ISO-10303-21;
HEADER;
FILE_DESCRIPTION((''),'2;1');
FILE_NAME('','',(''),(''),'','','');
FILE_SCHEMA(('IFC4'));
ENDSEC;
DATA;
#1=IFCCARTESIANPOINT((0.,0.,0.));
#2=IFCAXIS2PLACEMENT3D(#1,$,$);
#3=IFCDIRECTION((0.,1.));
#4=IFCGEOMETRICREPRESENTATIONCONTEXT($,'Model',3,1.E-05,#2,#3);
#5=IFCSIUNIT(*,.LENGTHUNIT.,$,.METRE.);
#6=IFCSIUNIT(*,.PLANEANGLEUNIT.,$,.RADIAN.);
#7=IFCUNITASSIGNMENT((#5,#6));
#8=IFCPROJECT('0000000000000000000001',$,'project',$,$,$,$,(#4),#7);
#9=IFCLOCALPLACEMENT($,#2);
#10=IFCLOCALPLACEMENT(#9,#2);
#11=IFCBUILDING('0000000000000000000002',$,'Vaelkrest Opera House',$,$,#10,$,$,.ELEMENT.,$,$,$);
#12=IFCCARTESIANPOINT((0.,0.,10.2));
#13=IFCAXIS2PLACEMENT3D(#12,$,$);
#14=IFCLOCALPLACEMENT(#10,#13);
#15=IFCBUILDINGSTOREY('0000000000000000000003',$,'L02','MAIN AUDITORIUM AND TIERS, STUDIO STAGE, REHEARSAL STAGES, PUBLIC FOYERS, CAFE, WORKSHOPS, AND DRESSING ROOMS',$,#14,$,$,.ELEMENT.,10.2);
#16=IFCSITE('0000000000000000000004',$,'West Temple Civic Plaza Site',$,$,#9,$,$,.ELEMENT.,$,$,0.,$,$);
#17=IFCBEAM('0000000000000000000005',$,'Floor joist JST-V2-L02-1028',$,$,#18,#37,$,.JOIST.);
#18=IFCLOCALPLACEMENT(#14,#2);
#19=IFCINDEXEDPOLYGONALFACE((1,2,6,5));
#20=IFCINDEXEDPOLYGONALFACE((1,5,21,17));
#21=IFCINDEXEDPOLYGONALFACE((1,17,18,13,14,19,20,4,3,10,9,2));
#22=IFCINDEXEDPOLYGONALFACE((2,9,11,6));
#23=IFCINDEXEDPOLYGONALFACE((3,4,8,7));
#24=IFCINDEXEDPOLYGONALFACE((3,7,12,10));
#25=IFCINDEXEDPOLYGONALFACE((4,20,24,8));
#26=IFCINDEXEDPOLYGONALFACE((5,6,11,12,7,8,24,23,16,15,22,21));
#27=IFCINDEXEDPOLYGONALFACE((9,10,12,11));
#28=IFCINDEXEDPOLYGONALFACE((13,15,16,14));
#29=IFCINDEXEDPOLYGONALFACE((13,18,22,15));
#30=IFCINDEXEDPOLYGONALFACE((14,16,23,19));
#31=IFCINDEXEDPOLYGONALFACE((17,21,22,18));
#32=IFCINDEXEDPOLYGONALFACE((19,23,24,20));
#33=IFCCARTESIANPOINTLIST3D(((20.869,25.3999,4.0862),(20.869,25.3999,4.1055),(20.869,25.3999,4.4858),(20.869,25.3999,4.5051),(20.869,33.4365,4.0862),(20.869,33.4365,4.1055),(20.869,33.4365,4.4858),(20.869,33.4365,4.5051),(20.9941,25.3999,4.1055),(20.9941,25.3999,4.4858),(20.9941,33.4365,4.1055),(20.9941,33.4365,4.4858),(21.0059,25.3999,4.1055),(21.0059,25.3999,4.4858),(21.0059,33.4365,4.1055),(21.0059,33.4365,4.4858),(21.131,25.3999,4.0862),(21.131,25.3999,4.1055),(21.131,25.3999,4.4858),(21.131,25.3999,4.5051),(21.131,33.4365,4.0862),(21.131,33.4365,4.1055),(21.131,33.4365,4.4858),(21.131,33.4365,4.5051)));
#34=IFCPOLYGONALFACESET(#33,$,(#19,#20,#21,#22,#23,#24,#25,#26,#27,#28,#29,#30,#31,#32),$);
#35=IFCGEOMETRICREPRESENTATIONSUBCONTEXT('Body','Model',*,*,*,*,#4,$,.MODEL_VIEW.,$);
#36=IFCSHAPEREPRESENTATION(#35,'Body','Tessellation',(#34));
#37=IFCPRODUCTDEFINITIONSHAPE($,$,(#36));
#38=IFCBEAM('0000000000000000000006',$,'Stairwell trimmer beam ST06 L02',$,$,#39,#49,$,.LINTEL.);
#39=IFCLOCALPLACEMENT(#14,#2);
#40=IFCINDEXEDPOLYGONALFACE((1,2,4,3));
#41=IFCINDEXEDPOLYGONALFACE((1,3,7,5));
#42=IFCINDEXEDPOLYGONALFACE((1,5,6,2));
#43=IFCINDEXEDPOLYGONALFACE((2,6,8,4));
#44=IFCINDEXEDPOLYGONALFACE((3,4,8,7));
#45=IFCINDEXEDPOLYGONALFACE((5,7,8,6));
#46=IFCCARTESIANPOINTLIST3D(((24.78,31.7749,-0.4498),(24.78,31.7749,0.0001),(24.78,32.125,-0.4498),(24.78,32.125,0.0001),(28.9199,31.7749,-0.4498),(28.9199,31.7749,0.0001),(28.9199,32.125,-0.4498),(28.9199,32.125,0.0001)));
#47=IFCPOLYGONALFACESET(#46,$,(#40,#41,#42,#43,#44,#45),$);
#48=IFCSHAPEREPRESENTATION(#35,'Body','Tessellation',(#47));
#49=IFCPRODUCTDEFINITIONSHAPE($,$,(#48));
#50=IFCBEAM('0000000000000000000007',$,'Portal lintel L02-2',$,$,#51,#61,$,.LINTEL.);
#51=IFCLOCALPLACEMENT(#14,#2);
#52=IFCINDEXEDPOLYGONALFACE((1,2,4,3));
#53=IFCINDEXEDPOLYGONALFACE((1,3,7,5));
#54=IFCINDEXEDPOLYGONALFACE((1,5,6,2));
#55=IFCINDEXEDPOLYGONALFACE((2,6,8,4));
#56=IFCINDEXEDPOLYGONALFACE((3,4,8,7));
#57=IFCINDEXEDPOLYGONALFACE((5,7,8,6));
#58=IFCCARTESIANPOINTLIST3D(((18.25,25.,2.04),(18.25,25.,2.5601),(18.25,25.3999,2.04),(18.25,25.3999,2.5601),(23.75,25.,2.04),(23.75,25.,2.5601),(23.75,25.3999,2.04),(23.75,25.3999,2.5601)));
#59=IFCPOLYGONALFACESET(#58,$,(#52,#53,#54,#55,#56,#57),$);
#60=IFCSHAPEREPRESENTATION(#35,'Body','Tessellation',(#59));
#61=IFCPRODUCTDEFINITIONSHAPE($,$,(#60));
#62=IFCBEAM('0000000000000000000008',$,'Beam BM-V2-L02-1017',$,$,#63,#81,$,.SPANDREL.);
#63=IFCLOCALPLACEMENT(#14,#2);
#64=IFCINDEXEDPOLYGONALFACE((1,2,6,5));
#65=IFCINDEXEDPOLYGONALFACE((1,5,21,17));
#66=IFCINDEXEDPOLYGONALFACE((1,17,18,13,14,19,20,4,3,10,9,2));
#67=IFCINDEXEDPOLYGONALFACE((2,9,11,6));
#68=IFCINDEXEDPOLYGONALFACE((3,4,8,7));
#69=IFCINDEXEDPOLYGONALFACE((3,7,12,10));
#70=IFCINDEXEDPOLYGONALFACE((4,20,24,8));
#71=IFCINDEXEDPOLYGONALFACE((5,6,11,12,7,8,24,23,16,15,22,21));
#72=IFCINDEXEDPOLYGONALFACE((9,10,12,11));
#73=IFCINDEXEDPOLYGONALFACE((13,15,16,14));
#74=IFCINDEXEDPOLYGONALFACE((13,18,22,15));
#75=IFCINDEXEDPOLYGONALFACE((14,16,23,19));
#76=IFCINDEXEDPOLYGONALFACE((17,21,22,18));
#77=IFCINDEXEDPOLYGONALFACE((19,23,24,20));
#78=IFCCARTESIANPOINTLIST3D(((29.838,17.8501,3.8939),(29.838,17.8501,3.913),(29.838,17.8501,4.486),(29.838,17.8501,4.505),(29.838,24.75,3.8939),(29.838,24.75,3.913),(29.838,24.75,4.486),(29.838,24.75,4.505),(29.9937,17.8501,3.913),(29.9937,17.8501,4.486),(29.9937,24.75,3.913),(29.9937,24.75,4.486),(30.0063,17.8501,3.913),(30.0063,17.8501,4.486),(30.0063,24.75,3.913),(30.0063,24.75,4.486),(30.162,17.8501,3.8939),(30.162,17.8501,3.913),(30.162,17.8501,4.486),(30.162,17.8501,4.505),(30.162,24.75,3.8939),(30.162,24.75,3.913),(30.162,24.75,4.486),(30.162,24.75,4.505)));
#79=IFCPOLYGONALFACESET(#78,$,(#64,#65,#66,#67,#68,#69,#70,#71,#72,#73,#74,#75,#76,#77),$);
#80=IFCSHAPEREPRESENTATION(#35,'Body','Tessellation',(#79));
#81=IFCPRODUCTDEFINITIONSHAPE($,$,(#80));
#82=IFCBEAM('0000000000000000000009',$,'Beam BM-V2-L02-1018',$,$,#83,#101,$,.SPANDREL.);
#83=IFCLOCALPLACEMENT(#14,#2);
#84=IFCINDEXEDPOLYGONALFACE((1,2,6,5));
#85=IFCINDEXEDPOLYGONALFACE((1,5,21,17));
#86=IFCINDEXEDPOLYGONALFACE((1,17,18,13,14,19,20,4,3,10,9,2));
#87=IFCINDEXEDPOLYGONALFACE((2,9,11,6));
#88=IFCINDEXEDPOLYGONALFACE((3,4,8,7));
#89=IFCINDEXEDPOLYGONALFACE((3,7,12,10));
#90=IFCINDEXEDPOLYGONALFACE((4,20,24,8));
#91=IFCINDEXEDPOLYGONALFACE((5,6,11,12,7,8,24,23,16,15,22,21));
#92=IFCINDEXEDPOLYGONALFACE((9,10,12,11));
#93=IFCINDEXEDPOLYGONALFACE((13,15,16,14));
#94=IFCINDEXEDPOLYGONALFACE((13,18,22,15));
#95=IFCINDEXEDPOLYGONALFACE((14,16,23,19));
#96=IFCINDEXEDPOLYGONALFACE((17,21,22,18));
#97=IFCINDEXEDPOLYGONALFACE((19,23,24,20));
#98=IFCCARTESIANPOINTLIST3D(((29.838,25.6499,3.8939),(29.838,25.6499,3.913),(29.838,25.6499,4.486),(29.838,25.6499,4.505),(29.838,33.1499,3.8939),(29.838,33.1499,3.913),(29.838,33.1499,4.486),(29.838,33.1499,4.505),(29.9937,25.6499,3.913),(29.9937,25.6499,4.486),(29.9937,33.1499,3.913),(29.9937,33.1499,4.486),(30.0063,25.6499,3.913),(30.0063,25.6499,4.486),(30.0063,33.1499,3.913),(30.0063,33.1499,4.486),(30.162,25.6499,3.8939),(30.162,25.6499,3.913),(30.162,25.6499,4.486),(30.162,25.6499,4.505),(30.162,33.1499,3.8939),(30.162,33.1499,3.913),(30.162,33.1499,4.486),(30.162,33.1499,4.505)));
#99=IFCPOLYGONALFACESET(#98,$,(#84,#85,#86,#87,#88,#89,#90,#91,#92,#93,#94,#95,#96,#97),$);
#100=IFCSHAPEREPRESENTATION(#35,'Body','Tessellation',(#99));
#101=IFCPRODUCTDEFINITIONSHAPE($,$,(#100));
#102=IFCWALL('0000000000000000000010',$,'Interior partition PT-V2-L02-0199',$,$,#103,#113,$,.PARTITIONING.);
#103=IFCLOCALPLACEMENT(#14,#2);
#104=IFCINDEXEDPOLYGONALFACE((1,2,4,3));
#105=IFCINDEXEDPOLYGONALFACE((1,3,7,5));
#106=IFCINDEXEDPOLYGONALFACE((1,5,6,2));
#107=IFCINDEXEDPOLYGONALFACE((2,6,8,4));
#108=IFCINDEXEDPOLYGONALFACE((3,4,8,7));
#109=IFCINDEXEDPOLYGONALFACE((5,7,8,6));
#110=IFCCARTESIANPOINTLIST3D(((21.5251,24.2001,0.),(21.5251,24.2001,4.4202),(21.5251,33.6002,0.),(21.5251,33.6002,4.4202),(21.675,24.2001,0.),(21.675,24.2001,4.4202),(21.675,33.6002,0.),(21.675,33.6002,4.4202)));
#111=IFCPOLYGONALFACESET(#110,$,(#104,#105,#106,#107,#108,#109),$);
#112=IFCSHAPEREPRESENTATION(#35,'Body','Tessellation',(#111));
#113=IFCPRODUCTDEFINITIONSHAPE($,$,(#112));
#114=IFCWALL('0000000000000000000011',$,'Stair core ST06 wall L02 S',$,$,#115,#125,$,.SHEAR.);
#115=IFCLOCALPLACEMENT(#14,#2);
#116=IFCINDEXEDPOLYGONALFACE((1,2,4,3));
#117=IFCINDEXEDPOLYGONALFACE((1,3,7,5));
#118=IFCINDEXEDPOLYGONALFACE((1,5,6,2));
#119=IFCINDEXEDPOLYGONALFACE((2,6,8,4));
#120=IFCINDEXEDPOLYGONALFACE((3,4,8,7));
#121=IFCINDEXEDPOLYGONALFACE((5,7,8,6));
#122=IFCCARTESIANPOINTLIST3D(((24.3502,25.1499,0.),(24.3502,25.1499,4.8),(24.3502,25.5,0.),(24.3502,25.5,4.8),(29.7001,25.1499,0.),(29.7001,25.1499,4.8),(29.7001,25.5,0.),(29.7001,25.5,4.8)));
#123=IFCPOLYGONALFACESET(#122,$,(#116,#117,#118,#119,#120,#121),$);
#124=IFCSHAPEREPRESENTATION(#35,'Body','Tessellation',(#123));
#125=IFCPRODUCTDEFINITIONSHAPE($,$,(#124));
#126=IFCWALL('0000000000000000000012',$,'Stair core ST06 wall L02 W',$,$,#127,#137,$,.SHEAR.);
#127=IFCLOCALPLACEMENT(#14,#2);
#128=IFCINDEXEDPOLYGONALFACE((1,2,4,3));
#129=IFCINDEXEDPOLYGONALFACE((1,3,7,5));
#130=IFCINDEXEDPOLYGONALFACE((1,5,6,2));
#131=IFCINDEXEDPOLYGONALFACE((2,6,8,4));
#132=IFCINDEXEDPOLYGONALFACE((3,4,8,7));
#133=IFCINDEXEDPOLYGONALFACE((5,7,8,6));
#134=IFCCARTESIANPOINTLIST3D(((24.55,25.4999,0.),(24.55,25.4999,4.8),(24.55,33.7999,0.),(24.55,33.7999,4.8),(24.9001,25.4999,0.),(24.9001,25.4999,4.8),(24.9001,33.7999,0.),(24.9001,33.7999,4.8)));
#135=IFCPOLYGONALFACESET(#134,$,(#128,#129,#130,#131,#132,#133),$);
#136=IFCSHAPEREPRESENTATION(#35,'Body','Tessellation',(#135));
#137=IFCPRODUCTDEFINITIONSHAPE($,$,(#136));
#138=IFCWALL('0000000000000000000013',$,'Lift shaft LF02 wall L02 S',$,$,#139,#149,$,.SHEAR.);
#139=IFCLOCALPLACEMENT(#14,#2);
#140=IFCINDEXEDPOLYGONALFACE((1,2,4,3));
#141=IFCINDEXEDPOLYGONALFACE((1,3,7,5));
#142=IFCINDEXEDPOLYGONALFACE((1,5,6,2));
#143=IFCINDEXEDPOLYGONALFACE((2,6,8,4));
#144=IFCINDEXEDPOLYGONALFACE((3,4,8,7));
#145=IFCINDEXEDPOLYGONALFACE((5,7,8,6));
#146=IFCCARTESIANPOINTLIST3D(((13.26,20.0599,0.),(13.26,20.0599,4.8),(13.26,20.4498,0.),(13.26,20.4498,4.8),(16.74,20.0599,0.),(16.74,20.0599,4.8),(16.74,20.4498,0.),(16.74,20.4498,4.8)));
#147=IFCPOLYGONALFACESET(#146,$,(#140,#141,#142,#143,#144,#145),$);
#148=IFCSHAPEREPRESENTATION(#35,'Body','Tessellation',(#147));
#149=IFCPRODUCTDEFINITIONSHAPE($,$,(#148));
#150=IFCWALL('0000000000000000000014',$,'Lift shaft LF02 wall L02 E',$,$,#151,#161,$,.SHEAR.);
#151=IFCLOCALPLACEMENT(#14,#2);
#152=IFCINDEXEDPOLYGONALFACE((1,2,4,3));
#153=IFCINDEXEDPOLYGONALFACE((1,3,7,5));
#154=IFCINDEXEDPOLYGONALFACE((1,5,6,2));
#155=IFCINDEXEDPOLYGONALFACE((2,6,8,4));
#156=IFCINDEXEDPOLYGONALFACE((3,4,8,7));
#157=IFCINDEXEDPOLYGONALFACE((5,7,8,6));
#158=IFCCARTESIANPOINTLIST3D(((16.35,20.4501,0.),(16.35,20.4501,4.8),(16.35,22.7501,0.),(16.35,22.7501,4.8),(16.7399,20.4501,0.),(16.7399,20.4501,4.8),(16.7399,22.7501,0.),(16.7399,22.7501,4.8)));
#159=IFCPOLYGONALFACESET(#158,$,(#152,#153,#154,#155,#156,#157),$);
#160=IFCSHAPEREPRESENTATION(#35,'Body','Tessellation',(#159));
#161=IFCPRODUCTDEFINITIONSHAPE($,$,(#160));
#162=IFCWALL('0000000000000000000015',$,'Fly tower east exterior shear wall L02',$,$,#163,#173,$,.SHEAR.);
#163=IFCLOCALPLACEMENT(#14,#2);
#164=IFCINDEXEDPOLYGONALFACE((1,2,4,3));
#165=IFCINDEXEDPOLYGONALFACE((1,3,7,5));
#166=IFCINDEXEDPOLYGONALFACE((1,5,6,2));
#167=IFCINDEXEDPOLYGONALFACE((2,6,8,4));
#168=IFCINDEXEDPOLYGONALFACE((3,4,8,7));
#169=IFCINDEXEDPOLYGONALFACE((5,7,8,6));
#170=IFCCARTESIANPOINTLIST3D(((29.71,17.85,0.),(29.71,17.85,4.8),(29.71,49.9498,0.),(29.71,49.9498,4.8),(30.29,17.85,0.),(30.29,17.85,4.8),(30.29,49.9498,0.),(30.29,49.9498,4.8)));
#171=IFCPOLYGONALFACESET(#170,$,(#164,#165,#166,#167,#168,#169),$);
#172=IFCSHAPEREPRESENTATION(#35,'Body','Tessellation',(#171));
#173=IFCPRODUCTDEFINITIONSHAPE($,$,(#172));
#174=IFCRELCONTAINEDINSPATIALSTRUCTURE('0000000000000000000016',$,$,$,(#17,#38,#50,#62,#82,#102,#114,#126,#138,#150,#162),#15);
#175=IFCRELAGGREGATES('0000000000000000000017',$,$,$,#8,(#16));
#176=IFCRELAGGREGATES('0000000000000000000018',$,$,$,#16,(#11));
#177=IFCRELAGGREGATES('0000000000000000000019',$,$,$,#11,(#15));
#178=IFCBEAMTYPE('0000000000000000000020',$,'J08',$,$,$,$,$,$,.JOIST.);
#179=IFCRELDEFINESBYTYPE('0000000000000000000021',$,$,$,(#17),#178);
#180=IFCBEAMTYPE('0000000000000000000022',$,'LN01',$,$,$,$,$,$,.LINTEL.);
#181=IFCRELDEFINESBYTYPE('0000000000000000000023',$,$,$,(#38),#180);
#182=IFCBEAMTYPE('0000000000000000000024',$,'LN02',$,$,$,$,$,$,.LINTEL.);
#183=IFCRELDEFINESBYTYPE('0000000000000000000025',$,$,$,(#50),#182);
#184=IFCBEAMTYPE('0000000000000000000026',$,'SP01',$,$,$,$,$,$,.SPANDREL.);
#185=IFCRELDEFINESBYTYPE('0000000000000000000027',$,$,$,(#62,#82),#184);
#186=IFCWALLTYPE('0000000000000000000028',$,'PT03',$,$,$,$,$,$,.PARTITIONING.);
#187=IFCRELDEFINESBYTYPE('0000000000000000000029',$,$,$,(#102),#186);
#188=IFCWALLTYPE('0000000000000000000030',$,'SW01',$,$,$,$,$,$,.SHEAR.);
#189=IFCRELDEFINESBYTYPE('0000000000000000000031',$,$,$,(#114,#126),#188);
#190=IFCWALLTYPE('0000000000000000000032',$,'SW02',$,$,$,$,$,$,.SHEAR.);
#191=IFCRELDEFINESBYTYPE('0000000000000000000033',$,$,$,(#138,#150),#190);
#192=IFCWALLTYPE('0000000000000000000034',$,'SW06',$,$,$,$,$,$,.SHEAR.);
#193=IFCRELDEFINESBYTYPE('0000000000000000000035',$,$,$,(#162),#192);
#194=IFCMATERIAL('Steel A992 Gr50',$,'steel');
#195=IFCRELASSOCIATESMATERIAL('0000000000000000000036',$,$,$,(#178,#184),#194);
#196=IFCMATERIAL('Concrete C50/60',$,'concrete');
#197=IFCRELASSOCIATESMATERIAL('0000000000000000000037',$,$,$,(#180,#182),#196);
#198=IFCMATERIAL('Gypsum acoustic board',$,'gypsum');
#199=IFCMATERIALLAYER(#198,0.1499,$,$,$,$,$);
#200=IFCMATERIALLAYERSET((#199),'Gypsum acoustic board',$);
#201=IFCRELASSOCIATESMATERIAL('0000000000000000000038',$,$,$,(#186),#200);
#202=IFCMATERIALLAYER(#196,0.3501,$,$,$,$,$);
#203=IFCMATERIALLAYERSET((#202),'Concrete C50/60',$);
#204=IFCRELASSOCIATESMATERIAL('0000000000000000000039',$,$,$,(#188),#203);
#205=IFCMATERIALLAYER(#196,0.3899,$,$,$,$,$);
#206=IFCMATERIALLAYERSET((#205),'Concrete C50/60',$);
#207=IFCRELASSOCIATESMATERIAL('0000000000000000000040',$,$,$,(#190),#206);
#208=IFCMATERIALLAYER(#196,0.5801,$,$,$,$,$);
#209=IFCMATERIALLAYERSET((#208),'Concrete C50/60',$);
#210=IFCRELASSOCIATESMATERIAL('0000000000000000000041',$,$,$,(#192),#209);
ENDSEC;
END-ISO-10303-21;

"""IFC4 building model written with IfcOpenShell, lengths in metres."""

from ifc_helpers import new_model, si_unit, direction, frame, frame_2d, origin, origin_2d, place, context, subcontext, project, spatial, rectangle, i_section, extrude, material, layer, layer_set, material_profile, profile_set, type_object, element, save


model = new_model("IFC4")

# Units and contexts
model_context = context("Model", 3, precision=1e-05, world=origin(), true_north=direction((0.0, 1.0)))
body_context = subcontext(model_context, "Body", "Model", "MODEL_VIEW")
ifc_project = project(units=[si_unit("LENGTHUNIT", "METRE"), si_unit("PLANEANGLEUNIT", "RADIAN")], contexts=[model_context])

# Site, building, storey
site_placement = place(None, origin())
site = spatial("IfcSite", under=ifc_project, at=site_placement, Name="West Temple Civic Plaza Site", CompositionType="ELEMENT", RefElevation=0.0)
building_placement = place(site_placement, origin())
building = spatial("IfcBuilding", under=site, at=building_placement, Name="Vaelkrest Opera House", CompositionType="ELEMENT")
storey_placement = place(building_placement, frame((0.0, 0.0, 10.2)))
storey = spatial("IfcBuildingStorey", under=building, at=storey_placement, Name="L02", Description="MAIN AUDITORIUM AND TIERS, STUDIO STAGE, REHEARSAL STAGES, PUBLIC FOYERS, CAFE, WORKSHOPS, AND DRESSING ROOMS", CompositionType="ELEMENT", Elevation=10.2)

# Shared definitions
ifc_material_1 = material(Name="Concrete C50/60", Category="concrete")

# Beams
ifc_material_2 = material(Name="Steel A992 Gr50", Category="steel")
ifc_material_profile_1 = material_profile(ifc_material_2, i_section(OverallWidth=0.262, OverallDepth=0.4189, WebThickness=0.0117, FlangeThickness=0.0193, at=origin_2d()), Name="W16X77")
ifc_profile_set_1 = profile_set([ifc_material_profile_1], Name="Steel A992 Gr50")
beam_type_1 = type_object("IfcBeamType", Name="J08", PredefinedType="JOIST", material=ifc_profile_set_1)
beam_1_placement = place(storey_placement, frame((21.0, 25.3999, 4.2957), z_axis=(0.0, 1.0, 0.0), x_axis=(-1.0, 0.0, 0.0)))
element("IfcBeam", 1, at=beam_1_placement, inside=storey, type_object=beam_type_1, Name="Floor joist JST-V2-L02-1028", PredefinedType="JOIST", context=body_context, shape_type="SweptSolid", body=[
    extrude(i_section(OverallWidth=0.262, OverallDepth=0.4189, WebThickness=0.0117, FlangeThickness=0.0193, at=origin_2d()), origin(), (0.0, 0.0, 1.0), 8.0366),
])
ifc_material_profile_2 = material_profile(ifc_material_1, rectangle(XDim=0.3501, YDim=0.45, at=origin_2d()), Name="RCB350X450")
ifc_profile_set_2 = profile_set([ifc_material_profile_2], Name="Concrete C50/60")
beam_type_2 = type_object("IfcBeamType", Name="LN01", PredefinedType="LINTEL", material=ifc_profile_set_2)
beam_2_placement = place(storey_placement, frame((24.78, 31.95, -0.2249), z_axis=(1.0, 0.0, 0.0), x_axis=(0.0, 1.0, 0.0)))
element("IfcBeam", 2, at=beam_2_placement, inside=storey, type_object=beam_type_2, Name="Stairwell trimmer beam ST06 L02", PredefinedType="LINTEL", context=body_context, shape_type="SweptSolid", body=[
    extrude(rectangle(XDim=0.3501, YDim=0.45, at=origin_2d()), origin(), (0.0, 0.0, 1.0), 4.1399),
])
ifc_material_profile_3 = material_profile(ifc_material_1, rectangle(XDim=0.3999, YDim=0.52, at=origin_2d()), Name="RCB400X520")
ifc_profile_set_3 = profile_set([ifc_material_profile_3], Name="Concrete C50/60")
beam_type_3 = type_object("IfcBeamType", Name="LN02", PredefinedType="LINTEL", material=ifc_profile_set_3)
beam_3_placement = place(storey_placement, frame((18.25, 25.2, 2.3), z_axis=(1.0, 0.0, 0.0), x_axis=(0.0, 1.0, 0.0)))
element("IfcBeam", 3, at=beam_3_placement, inside=storey, type_object=beam_type_3, Name="Portal lintel L02-2", PredefinedType="LINTEL", context=body_context, shape_type="SweptSolid", body=[
    extrude(rectangle(XDim=0.3999, YDim=0.52, at=origin_2d()), origin(), (0.0, 0.0, 1.0), 5.5),
])
ifc_material_profile_4 = material_profile(ifc_material_2, i_section(OverallWidth=0.324, OverallDepth=0.6111, WebThickness=0.0127, FlangeThickness=0.019, at=origin_2d()), Name="W24X104")
ifc_profile_set_4 = profile_set([ifc_material_profile_4], Name="Steel A992 Gr50")
beam_type_4 = type_object("IfcBeamType", Name="SP01", PredefinedType="SPANDREL", material=ifc_profile_set_4)
beam_4_placement = place(storey_placement, frame((30.0, 17.8501, 4.1995), z_axis=(0.0, 1.0, 0.0), x_axis=(-1.0, 0.0, 0.0)))
element("IfcBeam", 4, at=beam_4_placement, inside=storey, type_object=beam_type_4, Name="Beam BM-V2-L02-1017", PredefinedType="SPANDREL", context=body_context, shape_type="SweptSolid", body=[
    extrude(i_section(OverallWidth=0.324, OverallDepth=0.6111, WebThickness=0.0127, FlangeThickness=0.019, at=origin_2d()), origin(), (0.0, 0.0, 1.0), 6.8999),
])
beam_5_placement = place(storey_placement, frame((30.0, 25.6499, 4.1995), z_axis=(0.0, 1.0, 0.0), x_axis=(-1.0, 0.0, 0.0)))
element("IfcBeam", 5, at=beam_5_placement, inside=storey, type_object=beam_type_4, Name="Beam BM-V2-L02-1018", PredefinedType="SPANDREL", context=body_context, shape_type="SweptSolid", body=[
    extrude(i_section(OverallWidth=0.324, OverallDepth=0.6111, WebThickness=0.0127, FlangeThickness=0.019, at=origin_2d()), origin(), (0.0, 0.0, 1.0), 7.5),
])

# Walls
ifc_material_3 = material(Name="Gypsum acoustic board", Category="gypsum")
ifc_layer_1 = layer(ifc_material_3, 0.1499)
ifc_layer_set_1 = layer_set([ifc_layer_1], Name="Gypsum acoustic board")
wall_type_1 = type_object("IfcWallType", Name="PT03", PredefinedType="PARTITIONING", material=ifc_layer_set_1)
wall_1_placement = place(storey_placement, frame((21.6001, 24.2, 0.0), z_axis=(0.0, 0.0, 1.0), x_axis=(0.0, 1.0, 0.0)))
element("IfcWall", 6, at=wall_1_placement, inside=storey, type_object=wall_type_1, Name="Interior partition PT-V2-L02-0199", PredefinedType="PARTITIONING", context=body_context, shape_type="SweptSolid", body=[
    extrude(rectangle(XDim=9.4001, YDim=0.1499, at=frame_2d((4.7002, 0.0))), origin(), (0.0, 0.0, 1.0), 4.4202),
])
ifc_layer_2 = layer(ifc_material_1, 0.3501)
ifc_layer_set_2 = layer_set([ifc_layer_2], Name="Concrete C50/60")
wall_type_2 = type_object("IfcWallType", Name="SW01", PredefinedType="SHEAR", material=ifc_layer_set_2)
wall_2_placement = place(storey_placement, frame((29.7, 25.325, 0.0), z_axis=(0.0, 0.0, 1.0), x_axis=(-1.0, 0.0, 0.0)))
element("IfcWall", 7, at=wall_2_placement, inside=storey, type_object=wall_type_2, Name="Stair core ST06 wall L02 S", PredefinedType="SHEAR", context=body_context, shape_type="SweptSolid", body=[
    extrude(rectangle(XDim=5.3499, YDim=0.3501, at=frame_2d((2.6748, 0.0))), origin(), (0.0, 0.0, 1.0), 4.8),
])
wall_3_placement = place(storey_placement, frame((24.7251, 25.5, 0.0), z_axis=(0.0, 0.0, 1.0), x_axis=(0.0, 1.0, 0.0)))
element("IfcWall", 8, at=wall_3_placement, inside=storey, type_object=wall_type_2, Name="Stair core ST06 wall L02 W", PredefinedType="SHEAR", context=body_context, shape_type="SweptSolid", body=[
    extrude(rectangle(XDim=8.3, YDim=0.3501, at=frame_2d((4.1499, 0.0))), origin(), (0.0, 0.0, 1.0), 4.8),
])
ifc_layer_3 = layer(ifc_material_1, 0.3899)
ifc_layer_set_3 = layer_set([ifc_layer_3], Name="Concrete C50/60")
wall_type_3 = type_object("IfcWallType", Name="SW02", PredefinedType="SHEAR", material=ifc_layer_set_3)
wall_4_placement = place(storey_placement, frame((16.74, 20.2549, 0.0), z_axis=(0.0, 0.0, 1.0), x_axis=(-1.0, 0.0, 0.0)))
element("IfcWall", 9, at=wall_4_placement, inside=storey, type_object=wall_type_3, Name="Lift shaft LF02 wall L02 S", PredefinedType="SHEAR", context=body_context, shape_type="SweptSolid", body=[
    extrude(rectangle(XDim=3.48, YDim=0.3899, at=frame_2d((1.74, 0.0))), origin(), (0.0, 0.0, 1.0), 4.8),
])
wall_5_placement = place(storey_placement, frame((16.5449, 22.75, 0.0), z_axis=(0.0, 0.0, 1.0), x_axis=(0.0, -1.0, 0.0)))
element("IfcWall", 10, at=wall_5_placement, inside=storey, type_object=wall_type_3, Name="Lift shaft LF02 wall L02 E", PredefinedType="SHEAR", context=body_context, shape_type="SweptSolid", body=[
    extrude(rectangle(XDim=2.3, YDim=0.3899, at=frame_2d((1.1499, 0.0))), origin(), (0.0, 0.0, 1.0), 4.8),
])
ifc_layer_4 = layer(ifc_material_1, 0.5801)
ifc_layer_set_4 = layer_set([ifc_layer_4], Name="Concrete C50/60")
wall_type_4 = type_object("IfcWallType", Name="SW06", PredefinedType="SHEAR", material=ifc_layer_set_4)
wall_6_placement = place(storey_placement, frame((30.0, 17.8501, 0.0), z_axis=(0.0, 0.0, 1.0), x_axis=(0.0, 1.0, 0.0)))
element("IfcWall", 11, at=wall_6_placement, inside=storey, type_object=wall_type_4, Name="Fly tower east exterior shear wall L02", PredefinedType="SHEAR", context=body_context, shape_type="SweptSolid", body=[
    extrude(rectangle(XDim=32.0999, YDim=0.5801, at=frame_2d((16.0498, 0.0))), origin(), (0.0, 0.0, 1.0), 4.8),
])

save(model, "model.ifc")
